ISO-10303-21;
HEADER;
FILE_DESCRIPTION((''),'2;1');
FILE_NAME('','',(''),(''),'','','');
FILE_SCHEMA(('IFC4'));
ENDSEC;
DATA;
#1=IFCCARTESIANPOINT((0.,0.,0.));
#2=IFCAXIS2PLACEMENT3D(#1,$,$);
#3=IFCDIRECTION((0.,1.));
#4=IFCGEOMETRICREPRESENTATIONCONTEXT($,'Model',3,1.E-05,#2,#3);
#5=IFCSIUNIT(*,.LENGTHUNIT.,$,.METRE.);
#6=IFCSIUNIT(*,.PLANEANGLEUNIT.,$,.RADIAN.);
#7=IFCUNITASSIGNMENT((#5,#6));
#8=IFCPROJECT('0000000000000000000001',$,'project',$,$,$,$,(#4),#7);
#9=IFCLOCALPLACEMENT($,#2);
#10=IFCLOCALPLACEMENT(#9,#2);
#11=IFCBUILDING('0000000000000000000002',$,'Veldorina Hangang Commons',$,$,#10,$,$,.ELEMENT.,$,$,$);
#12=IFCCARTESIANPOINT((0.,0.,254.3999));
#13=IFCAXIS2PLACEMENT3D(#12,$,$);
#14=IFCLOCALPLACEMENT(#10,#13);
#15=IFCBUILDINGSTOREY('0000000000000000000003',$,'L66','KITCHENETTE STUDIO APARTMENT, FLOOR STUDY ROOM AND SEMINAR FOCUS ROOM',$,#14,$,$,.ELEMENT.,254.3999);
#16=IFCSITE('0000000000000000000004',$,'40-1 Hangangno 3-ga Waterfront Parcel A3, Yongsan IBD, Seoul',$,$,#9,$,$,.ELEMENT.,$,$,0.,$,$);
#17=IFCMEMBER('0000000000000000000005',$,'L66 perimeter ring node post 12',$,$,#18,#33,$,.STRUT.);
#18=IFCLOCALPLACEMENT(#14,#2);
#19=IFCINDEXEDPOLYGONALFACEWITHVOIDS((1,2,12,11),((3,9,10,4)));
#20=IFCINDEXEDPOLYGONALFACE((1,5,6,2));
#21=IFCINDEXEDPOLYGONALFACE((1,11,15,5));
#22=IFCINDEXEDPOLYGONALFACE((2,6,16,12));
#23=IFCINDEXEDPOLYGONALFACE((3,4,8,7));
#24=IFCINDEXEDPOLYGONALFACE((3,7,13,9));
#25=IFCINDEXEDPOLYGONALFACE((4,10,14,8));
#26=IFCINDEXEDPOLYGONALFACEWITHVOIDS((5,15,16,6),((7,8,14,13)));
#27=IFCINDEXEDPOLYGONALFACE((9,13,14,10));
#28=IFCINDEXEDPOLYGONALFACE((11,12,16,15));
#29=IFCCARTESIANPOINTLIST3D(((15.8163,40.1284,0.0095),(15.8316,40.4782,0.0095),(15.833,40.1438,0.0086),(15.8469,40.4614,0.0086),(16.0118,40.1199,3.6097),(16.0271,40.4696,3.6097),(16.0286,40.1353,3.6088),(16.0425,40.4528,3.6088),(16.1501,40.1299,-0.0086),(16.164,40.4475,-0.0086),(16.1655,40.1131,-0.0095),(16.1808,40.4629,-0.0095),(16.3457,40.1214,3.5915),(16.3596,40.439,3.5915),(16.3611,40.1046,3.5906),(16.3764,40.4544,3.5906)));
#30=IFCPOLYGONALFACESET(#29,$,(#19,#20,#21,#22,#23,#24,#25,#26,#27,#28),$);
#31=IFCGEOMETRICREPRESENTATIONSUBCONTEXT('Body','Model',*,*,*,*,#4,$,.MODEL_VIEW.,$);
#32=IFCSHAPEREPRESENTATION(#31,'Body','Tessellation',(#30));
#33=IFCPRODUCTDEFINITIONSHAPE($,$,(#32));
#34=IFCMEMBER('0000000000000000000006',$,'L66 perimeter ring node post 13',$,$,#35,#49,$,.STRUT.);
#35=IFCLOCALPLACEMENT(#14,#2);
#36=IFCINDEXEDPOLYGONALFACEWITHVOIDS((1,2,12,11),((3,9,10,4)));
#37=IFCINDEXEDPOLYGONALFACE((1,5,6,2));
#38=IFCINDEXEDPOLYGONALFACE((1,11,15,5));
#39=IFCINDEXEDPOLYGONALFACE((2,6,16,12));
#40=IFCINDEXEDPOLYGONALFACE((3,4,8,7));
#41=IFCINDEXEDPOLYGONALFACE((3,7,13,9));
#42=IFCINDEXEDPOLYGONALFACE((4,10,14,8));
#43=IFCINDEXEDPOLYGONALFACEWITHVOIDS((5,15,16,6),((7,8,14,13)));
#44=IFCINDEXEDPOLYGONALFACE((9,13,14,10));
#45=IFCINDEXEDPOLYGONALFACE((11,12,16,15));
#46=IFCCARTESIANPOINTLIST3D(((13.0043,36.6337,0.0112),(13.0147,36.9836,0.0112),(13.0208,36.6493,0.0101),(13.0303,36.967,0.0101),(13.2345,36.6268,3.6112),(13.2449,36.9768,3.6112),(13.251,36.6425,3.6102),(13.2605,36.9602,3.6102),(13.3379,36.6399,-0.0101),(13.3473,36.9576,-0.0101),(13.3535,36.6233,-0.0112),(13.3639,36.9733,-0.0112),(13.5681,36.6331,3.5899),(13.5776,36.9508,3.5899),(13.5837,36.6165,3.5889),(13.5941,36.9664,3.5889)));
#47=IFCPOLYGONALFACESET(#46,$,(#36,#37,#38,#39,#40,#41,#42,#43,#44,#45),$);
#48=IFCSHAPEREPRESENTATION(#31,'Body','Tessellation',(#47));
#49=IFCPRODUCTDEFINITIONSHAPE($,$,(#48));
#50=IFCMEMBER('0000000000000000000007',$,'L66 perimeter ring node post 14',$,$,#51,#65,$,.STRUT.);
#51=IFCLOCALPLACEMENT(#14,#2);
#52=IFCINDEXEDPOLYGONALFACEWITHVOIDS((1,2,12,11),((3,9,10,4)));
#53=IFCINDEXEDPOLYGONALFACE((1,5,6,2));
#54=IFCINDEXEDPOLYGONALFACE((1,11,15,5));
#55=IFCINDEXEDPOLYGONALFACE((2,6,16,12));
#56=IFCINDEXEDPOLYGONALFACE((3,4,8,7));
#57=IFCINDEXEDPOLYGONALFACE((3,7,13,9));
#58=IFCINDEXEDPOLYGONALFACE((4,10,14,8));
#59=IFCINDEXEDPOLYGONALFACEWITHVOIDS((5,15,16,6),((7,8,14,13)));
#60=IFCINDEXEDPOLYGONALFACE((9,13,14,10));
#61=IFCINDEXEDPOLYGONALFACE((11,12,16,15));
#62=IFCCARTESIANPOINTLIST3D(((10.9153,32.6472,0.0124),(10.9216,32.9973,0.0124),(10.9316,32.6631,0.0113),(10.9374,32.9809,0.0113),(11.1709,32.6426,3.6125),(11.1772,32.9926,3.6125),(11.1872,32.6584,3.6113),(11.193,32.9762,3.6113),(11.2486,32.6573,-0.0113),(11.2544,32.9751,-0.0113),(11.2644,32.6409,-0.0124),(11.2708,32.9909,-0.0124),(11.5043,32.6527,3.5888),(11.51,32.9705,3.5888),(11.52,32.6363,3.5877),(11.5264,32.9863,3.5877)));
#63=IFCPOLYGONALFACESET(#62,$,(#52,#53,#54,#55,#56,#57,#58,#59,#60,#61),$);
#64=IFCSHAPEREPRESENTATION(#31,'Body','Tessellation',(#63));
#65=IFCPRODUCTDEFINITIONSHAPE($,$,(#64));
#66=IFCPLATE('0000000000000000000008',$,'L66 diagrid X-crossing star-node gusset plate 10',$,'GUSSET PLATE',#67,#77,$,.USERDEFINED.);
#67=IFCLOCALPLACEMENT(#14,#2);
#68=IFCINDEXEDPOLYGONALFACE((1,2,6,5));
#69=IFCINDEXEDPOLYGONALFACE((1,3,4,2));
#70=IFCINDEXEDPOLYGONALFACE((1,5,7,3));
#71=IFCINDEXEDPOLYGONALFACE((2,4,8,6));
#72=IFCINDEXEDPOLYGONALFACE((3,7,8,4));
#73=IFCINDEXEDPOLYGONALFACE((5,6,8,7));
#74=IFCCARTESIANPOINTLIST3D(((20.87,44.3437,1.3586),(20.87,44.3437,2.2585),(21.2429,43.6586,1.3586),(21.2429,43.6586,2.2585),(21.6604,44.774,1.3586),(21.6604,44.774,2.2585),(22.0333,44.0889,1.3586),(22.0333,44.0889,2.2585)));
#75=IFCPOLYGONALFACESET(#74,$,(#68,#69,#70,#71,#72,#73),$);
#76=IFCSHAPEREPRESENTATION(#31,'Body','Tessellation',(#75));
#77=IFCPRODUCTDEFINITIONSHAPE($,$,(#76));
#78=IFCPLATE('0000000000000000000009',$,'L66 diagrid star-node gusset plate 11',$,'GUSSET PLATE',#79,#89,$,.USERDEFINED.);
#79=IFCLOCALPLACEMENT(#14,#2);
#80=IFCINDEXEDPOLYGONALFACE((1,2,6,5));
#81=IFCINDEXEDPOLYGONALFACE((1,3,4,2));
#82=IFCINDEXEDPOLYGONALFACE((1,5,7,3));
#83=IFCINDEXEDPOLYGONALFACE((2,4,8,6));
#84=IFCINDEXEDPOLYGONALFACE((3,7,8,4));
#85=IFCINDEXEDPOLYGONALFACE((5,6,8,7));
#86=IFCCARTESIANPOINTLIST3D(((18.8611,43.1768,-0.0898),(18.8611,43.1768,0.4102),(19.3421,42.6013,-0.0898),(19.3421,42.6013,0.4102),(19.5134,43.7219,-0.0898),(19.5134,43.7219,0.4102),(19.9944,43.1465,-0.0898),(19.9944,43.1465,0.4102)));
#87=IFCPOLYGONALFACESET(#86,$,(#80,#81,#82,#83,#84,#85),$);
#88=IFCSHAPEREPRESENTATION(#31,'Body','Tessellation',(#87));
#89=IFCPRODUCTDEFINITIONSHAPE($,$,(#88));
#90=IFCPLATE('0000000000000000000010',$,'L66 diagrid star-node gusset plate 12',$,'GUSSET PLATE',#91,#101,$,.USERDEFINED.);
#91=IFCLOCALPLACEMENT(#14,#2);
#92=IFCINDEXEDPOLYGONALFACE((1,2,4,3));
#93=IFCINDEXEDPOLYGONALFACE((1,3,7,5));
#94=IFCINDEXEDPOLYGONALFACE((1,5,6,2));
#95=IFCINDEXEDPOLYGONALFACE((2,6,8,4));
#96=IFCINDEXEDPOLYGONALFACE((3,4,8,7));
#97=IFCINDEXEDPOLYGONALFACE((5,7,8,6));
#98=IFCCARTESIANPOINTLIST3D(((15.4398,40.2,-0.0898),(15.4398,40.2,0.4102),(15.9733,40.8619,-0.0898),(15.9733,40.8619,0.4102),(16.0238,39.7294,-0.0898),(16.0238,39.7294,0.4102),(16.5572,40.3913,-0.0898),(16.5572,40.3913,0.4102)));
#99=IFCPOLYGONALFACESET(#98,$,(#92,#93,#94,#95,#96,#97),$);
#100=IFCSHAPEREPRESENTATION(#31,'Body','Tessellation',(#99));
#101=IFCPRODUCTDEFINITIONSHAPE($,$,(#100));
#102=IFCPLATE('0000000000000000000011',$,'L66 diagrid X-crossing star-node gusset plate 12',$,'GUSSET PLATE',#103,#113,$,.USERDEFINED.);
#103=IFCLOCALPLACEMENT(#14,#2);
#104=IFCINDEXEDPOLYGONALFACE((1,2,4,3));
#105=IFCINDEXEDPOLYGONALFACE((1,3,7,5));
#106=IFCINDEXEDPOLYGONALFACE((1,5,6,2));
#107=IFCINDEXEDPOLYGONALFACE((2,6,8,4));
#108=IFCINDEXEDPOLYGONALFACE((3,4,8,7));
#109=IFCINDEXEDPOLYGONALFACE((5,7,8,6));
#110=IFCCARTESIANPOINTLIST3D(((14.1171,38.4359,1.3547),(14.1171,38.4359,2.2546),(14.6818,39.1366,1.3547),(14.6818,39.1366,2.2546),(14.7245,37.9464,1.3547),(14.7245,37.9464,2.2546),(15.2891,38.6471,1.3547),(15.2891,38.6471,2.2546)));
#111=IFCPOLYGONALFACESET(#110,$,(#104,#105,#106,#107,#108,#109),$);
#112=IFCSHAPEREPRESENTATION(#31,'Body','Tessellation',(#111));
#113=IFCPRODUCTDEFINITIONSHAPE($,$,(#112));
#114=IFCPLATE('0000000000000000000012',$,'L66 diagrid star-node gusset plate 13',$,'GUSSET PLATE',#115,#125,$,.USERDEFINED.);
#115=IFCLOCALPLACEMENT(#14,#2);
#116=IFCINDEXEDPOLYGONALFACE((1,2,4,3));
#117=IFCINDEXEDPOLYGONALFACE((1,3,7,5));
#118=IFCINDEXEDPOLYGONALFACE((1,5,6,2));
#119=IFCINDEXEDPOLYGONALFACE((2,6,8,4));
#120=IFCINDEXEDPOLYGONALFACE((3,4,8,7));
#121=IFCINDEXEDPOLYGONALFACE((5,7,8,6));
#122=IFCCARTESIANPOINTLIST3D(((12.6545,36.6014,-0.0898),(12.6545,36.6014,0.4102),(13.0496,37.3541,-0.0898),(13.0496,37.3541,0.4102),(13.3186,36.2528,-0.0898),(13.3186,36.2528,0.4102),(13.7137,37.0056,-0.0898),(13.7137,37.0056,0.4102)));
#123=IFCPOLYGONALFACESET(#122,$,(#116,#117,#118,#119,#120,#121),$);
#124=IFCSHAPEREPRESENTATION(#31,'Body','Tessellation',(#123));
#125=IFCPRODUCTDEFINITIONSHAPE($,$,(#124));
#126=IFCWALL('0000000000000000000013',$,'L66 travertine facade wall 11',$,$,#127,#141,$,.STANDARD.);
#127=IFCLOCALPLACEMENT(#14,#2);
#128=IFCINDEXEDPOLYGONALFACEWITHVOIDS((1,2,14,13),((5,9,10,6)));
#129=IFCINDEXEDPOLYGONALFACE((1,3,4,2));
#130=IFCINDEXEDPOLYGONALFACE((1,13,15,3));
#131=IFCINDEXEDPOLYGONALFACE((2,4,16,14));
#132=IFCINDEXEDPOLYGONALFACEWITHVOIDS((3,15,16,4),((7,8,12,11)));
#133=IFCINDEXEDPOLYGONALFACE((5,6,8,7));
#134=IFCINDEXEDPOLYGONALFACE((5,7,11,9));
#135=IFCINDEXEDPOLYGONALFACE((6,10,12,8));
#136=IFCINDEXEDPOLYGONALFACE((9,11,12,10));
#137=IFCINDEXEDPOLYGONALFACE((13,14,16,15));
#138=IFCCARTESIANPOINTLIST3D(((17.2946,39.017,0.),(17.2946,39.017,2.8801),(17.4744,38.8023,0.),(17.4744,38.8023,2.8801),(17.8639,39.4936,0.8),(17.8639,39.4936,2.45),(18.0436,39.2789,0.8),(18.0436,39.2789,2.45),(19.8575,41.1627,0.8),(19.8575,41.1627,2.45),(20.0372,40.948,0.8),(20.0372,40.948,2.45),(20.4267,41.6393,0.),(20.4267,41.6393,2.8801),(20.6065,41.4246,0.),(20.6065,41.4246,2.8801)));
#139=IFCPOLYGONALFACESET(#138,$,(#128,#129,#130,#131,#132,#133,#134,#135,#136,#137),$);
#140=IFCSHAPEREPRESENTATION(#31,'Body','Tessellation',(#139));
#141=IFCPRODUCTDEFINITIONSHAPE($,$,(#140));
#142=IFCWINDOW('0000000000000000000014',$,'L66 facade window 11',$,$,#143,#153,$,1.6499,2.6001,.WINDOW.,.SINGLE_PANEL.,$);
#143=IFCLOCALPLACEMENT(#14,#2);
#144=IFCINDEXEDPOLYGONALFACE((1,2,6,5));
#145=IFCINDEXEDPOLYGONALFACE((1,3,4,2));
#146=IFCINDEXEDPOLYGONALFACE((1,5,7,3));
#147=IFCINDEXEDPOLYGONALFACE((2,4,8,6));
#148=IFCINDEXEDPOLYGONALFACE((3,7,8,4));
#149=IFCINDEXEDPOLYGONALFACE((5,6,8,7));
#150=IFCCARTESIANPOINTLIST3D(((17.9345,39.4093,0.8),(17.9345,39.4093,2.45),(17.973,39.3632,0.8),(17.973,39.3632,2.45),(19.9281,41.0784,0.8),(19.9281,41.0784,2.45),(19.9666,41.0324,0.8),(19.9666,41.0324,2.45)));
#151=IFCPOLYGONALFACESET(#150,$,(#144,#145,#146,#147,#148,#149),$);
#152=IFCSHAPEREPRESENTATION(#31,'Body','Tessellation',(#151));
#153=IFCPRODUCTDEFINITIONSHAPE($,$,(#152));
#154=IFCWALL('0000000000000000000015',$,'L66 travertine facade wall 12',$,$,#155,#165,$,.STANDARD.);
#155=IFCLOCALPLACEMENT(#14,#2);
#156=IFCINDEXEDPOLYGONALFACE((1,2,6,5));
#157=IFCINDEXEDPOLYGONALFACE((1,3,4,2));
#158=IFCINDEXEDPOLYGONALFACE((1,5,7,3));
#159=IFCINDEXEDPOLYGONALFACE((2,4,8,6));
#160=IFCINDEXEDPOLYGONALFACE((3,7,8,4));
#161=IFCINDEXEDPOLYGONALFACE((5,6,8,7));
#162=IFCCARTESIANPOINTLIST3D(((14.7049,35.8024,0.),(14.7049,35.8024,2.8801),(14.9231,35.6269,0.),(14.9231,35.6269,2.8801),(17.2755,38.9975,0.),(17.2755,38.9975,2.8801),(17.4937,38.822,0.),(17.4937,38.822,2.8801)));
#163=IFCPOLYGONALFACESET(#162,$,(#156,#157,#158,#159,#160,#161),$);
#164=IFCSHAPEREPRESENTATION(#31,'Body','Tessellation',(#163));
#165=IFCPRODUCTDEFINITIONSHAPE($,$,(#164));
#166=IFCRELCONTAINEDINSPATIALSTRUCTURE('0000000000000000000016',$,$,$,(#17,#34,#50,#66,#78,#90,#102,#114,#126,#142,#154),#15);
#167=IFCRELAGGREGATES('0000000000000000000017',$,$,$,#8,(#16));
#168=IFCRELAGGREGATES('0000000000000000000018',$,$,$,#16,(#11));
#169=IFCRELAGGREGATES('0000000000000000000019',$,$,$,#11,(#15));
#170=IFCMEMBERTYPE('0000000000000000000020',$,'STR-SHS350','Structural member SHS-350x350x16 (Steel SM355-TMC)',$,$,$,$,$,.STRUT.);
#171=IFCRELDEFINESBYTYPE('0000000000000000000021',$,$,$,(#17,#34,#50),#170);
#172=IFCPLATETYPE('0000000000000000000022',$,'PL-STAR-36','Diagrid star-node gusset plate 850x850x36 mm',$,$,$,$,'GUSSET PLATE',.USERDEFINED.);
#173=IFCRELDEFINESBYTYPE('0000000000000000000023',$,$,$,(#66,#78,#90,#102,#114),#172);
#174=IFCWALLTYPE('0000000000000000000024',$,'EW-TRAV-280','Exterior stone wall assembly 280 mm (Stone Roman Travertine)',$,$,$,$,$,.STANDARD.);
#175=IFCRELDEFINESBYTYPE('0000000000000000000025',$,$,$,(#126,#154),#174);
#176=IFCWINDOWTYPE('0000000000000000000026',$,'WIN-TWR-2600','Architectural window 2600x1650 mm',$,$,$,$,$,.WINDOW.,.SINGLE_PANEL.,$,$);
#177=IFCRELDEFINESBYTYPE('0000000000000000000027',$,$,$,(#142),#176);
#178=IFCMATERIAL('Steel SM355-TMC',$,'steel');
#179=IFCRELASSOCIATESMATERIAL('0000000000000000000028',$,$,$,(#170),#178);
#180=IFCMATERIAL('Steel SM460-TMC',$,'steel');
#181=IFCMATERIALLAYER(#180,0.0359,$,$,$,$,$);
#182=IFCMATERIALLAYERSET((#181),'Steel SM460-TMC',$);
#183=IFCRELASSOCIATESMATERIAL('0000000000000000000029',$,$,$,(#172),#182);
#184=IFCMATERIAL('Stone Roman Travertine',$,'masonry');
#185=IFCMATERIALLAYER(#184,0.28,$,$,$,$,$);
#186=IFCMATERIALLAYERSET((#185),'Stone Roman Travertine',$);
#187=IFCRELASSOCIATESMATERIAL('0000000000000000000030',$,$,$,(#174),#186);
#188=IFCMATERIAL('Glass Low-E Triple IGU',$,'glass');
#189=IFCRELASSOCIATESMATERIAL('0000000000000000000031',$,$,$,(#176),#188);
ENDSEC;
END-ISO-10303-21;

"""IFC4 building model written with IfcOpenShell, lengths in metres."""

from ifc_helpers import new_model, si_unit, direction, frame, frame_2d, origin, origin_2d, place, context, subcontext, project, spatial, rectangle, hollow_rectangle, extrude, material, layer, layer_set, material_profile, profile_set, type_object, element, fill, save


model = new_model("IFC4")

# Units and contexts
model_context = context("Model", 3, precision=1e-05, world=origin(), true_north=direction((0.0, 1.0)))
body_context = subcontext(model_context, "Body", "Model", "MODEL_VIEW")
ifc_project = project(units=[si_unit("LENGTHUNIT", "METRE"), si_unit("PLANEANGLEUNIT", "RADIAN")], contexts=[model_context])

# Site, building, storey
site_placement = place(None, origin())
site = spatial("IfcSite", under=ifc_project, at=site_placement, Name="40-1 Hangangno 3-ga Waterfront Parcel A3, Yongsan IBD, Seoul", CompositionType="ELEMENT", RefElevation=0.0)
building_placement = place(site_placement, origin())
building = spatial("IfcBuilding", under=site, at=building_placement, Name="Veldorina Hangang Commons", CompositionType="ELEMENT")
storey_placement = place(building_placement, frame((0.0, 0.0, 254.3999)))
storey = spatial("IfcBuildingStorey", under=building, at=storey_placement, Name="L66", Description="KITCHENETTE STUDIO APARTMENT, FLOOR STUDY ROOM AND SEMINAR FOCUS ROOM", CompositionType="ELEMENT", Elevation=254.3999)

# Shared definitions
ifc_material_1 = material(Name="Steel SM355-TMC", Category="steel")

# Members
ifc_material_profile_1 = material_profile(ifc_material_1, hollow_rectangle(XDim=0.3501, YDim=0.3501, WallThickness=0.0161, at=origin_2d()), Name="SHS-350x350x16")
ifc_profile_set_1 = profile_set([ifc_material_profile_1], Name="Steel SM355-TMC")
member_type_1 = type_object("IfcMemberType", Name="STR-SHS350", Description="Structural member SHS-350x350x16 (Steel SM355-TMC)", PredefinedType="STRUT", material=ifc_profile_set_1)
member_1_placement = place(storey_placement, frame((15.9985, 40.2957, 0.0), z_axis=(0.05424, -0.00237, 0.998525), x_axis=(0.043654, 0.999047, 0.0)))
element("IfcMember", 1, at=member_1_placement, inside=storey, type_object=member_type_1, Name="L66 perimeter ring node post 12", PredefinedType="STRUT", context=body_context, shape_type="SweptSolid", body=[
    extrude(hollow_rectangle(XDim=0.3501, YDim=0.3501, WallThickness=0.0161, at=origin_2d()), origin(), (0.0, 0.0, 1.0), 3.6055),
])
member_2_placement = place(storey_placement, frame((13.1841, 36.8035, 0.0), z_axis=(0.063819, -0.001895, 0.99796), x_axis=(0.029679, 0.999559, 0.0)))
element("IfcMember", 2, at=member_2_placement, inside=storey, type_object=member_type_1, Name="L66 perimeter ring node post 13", PredefinedType="STRUT", context=body_context, shape_type="SweptSolid", body=[
    extrude(hollow_rectangle(XDim=0.3501, YDim=0.3501, WallThickness=0.0161, at=origin_2d()), origin(), (0.0, 0.0, 1.0), 3.6074),
])
member_3_placement = place(storey_placement, frame((11.093, 32.8191, 0.0), z_axis=(0.070824, -0.001285, 0.997488), x_axis=(0.018144, 0.999835, 0.0)))
element("IfcMember", 3, at=member_3_placement, inside=storey, type_object=member_type_1, Name="L66 perimeter ring node post 14", PredefinedType="STRUT", context=body_context, shape_type="SweptSolid", body=[
    extrude(hollow_rectangle(XDim=0.3501, YDim=0.3501, WallThickness=0.0161, at=origin_2d()), origin(), (0.0, 0.0, 1.0), 3.6091),
])

# Plates
ifc_material_2 = material(Name="Steel SM460-TMC", Category="steel")
ifc_layer_1 = layer(ifc_material_2, 0.0359)
ifc_layer_set_1 = layer_set([ifc_layer_1], Name="Steel SM460-TMC")
plate_type = type_object("IfcPlateType", Name="PL-STAR-36", Description="Diagrid star-node gusset plate 850x850x36 mm", ElementType="GUSSET PLATE", PredefinedType="USERDEFINED", material=ifc_layer_set_1)
plate_1_placement = place(storey_placement, frame((21.4517, 44.2163, 1.3586), z_axis=(0.0, 0.0, 1.0), x_axis=(-0.8783, -0.478109, 0.0)))
element("IfcPlate", 4, at=plate_1_placement, inside=storey, type_object=plate_type, Name="L66 diagrid X-crossing star-node gusset plate 10", ObjectType="GUSSET PLATE", PredefinedType="USERDEFINED", context=body_context, shape_type="SweptSolid", body=[
    extrude(rectangle(XDim=0.8999, YDim=0.78, at=origin_2d()), origin(), (0.0, 0.0, 1.0), 0.8999),
])
for number, where, z_axis, x_axis, name in (
    (5, (19.4277, 43.1616, -0.0898), (0.0, 0.0, 1.0), (-0.767299, -0.641289, 0.0), "L66 diagrid star-node gusset plate 11"),
    (6, (15.9985, 40.2957, -0.0898), (0.0, 0.0, 1.0), (-0.627488, -0.778627, 0.0), "L66 diagrid star-node gusset plate 12"),
):
    element("IfcPlate", number, at=place(storey_placement, frame(where, z_axis=z_axis, x_axis=x_axis)), inside=storey, type_object=plate_type, Name=name, ObjectType="GUSSET PLATE", PredefinedType="USERDEFINED", context=body_context, shape_type="SweptSolid", body=[
        extrude(rectangle(XDim=0.8501, YDim=0.75, at=origin_2d()), origin(), (0.0, 0.0, 1.0), 0.5),
    ])
plate_2_placement = place(storey_placement, frame((14.7031, 38.5415, 1.3547), z_axis=(0.0, 0.0, 1.0), x_axis=(-0.627488, -0.778627, 0.0)))
element("IfcPlate", 7, at=plate_2_placement, inside=storey, type_object=plate_type, Name="L66 diagrid X-crossing star-node gusset plate 12", ObjectType="GUSSET PLATE", PredefinedType="USERDEFINED", context=body_context, shape_type="SweptSolid", body=[
    extrude(rectangle(XDim=0.8999, YDim=0.78, at=origin_2d()), origin(), (0.0, 0.0, 1.0), 0.8999),
])
plate_3_placement = place(storey_placement, frame((13.1841, 36.8035, -0.0898), z_axis=(0.0, 0.0, 1.0), x_axis=(-0.464734, -0.88545, 0.0)))
element("IfcPlate", 8, at=plate_3_placement, inside=storey, type_object=plate_type, Name="L66 diagrid star-node gusset plate 13", ObjectType="GUSSET PLATE", PredefinedType="USERDEFINED", context=body_context, shape_type="SweptSolid", body=[
    extrude(rectangle(XDim=0.8501, YDim=0.75, at=origin_2d()), origin(), (0.0, 0.0, 1.0), 0.5),
])

# Wall, opening, window
ifc_material_3 = material(Name="Stone Roman Travertine", Category="masonry")
ifc_layer_2 = layer(ifc_material_3, 0.28)
ifc_layer_set_2 = layer_set([ifc_layer_2], Name="Stone Roman Travertine")
wall_type_1 = type_object("IfcWallType", Name="EW-TRAV-280", Description="Exterior stone wall assembly 280 mm (Stone Roman Travertine)", PredefinedType="STANDARD", material=ifc_layer_set_2)
wall_1_placement = place(storey_placement, frame((20.5166, 41.532, 0.0), z_axis=(0.0, 0.0, 1.0), x_axis=(-0.766745, -0.641952, 0.0)))
wall_1 = element("IfcWall", 9, at=wall_1_placement, inside=storey, type_object=wall_type_1, Name="L66 travertine facade wall 11", PredefinedType="STANDARD", context=body_context, shape_type="SweptSolid", body=[
    extrude(rectangle(XDim=4.085, YDim=0.28, at=frame_2d((2.0425, 0.0))), origin(), (0.0, 0.0, 1.0), 2.8801),
])
opening_1_placement = place(wall_1_placement, frame((0.7424, 0.0, 0.8)))
opening_1 = element("IfcOpeningElement", 10, at=opening_1_placement, cuts=wall_1, PredefinedType="OPENING", context=body_context, shape_type="SweptSolid", body=[
    extrude(rectangle(XDim=2.6001, YDim=1.6499, at=frame_2d((1.3, 0.825))), frame((0.0, 0.1499, 0.0), z_axis=(0.0, -1.0, 0.0), x_axis=(1.0, 0.0, 0.0)), (0.0, 0.0, 1.0), 0.3),
])
ifc_material_4 = material(Name="Glass Low-E Triple IGU", Category="glass")
window_type = type_object("IfcWindowType", Name="WIN-TWR-2600", Description="Architectural window 2600x1650 mm", PartitioningType="SINGLE_PANEL", PredefinedType="WINDOW", material=ifc_material_4)
window_1_placement = place(opening_1_placement, origin())
window_1 = element("IfcWindow", 11, at=window_1_placement, inside=storey, type_object=window_type, Name="L66 facade window 11", OverallHeight=1.6499, OverallWidth=2.6001, PartitioningType="SINGLE_PANEL", PredefinedType="WINDOW", context=body_context, shape_type="SweptSolid", body=[
    extrude(rectangle(XDim=2.6001, YDim=1.6499, at=frame_2d((1.3, 0.825))), frame((0.0, 0.03, 0.0), z_axis=(0.0, -1.0, 0.0), x_axis=(1.0, 0.0, 0.0)), (0.0, 0.0, 1.0), 0.0601),
])
fill(opening_1, window_1)

# Wall
wall_2_placement = place(storey_placement, frame((17.3845, 38.9097, 0.0), z_axis=(0.0, 0.0, 1.0), x_axis=(-0.626849, -0.779141, 0.0)))
element("IfcWall", 12, at=wall_2_placement, inside=storey, type_object=wall_type_1, Name="L66 travertine facade wall 12", PredefinedType="STANDARD", context=body_context, shape_type="SweptSolid", body=[
    extrude(rectangle(XDim=4.1008, YDim=0.28, at=frame_2d((2.0503, 0.0))), origin(), (0.0, 0.0, 1.0), 2.8801),
])

save(model, "model.ifc")
